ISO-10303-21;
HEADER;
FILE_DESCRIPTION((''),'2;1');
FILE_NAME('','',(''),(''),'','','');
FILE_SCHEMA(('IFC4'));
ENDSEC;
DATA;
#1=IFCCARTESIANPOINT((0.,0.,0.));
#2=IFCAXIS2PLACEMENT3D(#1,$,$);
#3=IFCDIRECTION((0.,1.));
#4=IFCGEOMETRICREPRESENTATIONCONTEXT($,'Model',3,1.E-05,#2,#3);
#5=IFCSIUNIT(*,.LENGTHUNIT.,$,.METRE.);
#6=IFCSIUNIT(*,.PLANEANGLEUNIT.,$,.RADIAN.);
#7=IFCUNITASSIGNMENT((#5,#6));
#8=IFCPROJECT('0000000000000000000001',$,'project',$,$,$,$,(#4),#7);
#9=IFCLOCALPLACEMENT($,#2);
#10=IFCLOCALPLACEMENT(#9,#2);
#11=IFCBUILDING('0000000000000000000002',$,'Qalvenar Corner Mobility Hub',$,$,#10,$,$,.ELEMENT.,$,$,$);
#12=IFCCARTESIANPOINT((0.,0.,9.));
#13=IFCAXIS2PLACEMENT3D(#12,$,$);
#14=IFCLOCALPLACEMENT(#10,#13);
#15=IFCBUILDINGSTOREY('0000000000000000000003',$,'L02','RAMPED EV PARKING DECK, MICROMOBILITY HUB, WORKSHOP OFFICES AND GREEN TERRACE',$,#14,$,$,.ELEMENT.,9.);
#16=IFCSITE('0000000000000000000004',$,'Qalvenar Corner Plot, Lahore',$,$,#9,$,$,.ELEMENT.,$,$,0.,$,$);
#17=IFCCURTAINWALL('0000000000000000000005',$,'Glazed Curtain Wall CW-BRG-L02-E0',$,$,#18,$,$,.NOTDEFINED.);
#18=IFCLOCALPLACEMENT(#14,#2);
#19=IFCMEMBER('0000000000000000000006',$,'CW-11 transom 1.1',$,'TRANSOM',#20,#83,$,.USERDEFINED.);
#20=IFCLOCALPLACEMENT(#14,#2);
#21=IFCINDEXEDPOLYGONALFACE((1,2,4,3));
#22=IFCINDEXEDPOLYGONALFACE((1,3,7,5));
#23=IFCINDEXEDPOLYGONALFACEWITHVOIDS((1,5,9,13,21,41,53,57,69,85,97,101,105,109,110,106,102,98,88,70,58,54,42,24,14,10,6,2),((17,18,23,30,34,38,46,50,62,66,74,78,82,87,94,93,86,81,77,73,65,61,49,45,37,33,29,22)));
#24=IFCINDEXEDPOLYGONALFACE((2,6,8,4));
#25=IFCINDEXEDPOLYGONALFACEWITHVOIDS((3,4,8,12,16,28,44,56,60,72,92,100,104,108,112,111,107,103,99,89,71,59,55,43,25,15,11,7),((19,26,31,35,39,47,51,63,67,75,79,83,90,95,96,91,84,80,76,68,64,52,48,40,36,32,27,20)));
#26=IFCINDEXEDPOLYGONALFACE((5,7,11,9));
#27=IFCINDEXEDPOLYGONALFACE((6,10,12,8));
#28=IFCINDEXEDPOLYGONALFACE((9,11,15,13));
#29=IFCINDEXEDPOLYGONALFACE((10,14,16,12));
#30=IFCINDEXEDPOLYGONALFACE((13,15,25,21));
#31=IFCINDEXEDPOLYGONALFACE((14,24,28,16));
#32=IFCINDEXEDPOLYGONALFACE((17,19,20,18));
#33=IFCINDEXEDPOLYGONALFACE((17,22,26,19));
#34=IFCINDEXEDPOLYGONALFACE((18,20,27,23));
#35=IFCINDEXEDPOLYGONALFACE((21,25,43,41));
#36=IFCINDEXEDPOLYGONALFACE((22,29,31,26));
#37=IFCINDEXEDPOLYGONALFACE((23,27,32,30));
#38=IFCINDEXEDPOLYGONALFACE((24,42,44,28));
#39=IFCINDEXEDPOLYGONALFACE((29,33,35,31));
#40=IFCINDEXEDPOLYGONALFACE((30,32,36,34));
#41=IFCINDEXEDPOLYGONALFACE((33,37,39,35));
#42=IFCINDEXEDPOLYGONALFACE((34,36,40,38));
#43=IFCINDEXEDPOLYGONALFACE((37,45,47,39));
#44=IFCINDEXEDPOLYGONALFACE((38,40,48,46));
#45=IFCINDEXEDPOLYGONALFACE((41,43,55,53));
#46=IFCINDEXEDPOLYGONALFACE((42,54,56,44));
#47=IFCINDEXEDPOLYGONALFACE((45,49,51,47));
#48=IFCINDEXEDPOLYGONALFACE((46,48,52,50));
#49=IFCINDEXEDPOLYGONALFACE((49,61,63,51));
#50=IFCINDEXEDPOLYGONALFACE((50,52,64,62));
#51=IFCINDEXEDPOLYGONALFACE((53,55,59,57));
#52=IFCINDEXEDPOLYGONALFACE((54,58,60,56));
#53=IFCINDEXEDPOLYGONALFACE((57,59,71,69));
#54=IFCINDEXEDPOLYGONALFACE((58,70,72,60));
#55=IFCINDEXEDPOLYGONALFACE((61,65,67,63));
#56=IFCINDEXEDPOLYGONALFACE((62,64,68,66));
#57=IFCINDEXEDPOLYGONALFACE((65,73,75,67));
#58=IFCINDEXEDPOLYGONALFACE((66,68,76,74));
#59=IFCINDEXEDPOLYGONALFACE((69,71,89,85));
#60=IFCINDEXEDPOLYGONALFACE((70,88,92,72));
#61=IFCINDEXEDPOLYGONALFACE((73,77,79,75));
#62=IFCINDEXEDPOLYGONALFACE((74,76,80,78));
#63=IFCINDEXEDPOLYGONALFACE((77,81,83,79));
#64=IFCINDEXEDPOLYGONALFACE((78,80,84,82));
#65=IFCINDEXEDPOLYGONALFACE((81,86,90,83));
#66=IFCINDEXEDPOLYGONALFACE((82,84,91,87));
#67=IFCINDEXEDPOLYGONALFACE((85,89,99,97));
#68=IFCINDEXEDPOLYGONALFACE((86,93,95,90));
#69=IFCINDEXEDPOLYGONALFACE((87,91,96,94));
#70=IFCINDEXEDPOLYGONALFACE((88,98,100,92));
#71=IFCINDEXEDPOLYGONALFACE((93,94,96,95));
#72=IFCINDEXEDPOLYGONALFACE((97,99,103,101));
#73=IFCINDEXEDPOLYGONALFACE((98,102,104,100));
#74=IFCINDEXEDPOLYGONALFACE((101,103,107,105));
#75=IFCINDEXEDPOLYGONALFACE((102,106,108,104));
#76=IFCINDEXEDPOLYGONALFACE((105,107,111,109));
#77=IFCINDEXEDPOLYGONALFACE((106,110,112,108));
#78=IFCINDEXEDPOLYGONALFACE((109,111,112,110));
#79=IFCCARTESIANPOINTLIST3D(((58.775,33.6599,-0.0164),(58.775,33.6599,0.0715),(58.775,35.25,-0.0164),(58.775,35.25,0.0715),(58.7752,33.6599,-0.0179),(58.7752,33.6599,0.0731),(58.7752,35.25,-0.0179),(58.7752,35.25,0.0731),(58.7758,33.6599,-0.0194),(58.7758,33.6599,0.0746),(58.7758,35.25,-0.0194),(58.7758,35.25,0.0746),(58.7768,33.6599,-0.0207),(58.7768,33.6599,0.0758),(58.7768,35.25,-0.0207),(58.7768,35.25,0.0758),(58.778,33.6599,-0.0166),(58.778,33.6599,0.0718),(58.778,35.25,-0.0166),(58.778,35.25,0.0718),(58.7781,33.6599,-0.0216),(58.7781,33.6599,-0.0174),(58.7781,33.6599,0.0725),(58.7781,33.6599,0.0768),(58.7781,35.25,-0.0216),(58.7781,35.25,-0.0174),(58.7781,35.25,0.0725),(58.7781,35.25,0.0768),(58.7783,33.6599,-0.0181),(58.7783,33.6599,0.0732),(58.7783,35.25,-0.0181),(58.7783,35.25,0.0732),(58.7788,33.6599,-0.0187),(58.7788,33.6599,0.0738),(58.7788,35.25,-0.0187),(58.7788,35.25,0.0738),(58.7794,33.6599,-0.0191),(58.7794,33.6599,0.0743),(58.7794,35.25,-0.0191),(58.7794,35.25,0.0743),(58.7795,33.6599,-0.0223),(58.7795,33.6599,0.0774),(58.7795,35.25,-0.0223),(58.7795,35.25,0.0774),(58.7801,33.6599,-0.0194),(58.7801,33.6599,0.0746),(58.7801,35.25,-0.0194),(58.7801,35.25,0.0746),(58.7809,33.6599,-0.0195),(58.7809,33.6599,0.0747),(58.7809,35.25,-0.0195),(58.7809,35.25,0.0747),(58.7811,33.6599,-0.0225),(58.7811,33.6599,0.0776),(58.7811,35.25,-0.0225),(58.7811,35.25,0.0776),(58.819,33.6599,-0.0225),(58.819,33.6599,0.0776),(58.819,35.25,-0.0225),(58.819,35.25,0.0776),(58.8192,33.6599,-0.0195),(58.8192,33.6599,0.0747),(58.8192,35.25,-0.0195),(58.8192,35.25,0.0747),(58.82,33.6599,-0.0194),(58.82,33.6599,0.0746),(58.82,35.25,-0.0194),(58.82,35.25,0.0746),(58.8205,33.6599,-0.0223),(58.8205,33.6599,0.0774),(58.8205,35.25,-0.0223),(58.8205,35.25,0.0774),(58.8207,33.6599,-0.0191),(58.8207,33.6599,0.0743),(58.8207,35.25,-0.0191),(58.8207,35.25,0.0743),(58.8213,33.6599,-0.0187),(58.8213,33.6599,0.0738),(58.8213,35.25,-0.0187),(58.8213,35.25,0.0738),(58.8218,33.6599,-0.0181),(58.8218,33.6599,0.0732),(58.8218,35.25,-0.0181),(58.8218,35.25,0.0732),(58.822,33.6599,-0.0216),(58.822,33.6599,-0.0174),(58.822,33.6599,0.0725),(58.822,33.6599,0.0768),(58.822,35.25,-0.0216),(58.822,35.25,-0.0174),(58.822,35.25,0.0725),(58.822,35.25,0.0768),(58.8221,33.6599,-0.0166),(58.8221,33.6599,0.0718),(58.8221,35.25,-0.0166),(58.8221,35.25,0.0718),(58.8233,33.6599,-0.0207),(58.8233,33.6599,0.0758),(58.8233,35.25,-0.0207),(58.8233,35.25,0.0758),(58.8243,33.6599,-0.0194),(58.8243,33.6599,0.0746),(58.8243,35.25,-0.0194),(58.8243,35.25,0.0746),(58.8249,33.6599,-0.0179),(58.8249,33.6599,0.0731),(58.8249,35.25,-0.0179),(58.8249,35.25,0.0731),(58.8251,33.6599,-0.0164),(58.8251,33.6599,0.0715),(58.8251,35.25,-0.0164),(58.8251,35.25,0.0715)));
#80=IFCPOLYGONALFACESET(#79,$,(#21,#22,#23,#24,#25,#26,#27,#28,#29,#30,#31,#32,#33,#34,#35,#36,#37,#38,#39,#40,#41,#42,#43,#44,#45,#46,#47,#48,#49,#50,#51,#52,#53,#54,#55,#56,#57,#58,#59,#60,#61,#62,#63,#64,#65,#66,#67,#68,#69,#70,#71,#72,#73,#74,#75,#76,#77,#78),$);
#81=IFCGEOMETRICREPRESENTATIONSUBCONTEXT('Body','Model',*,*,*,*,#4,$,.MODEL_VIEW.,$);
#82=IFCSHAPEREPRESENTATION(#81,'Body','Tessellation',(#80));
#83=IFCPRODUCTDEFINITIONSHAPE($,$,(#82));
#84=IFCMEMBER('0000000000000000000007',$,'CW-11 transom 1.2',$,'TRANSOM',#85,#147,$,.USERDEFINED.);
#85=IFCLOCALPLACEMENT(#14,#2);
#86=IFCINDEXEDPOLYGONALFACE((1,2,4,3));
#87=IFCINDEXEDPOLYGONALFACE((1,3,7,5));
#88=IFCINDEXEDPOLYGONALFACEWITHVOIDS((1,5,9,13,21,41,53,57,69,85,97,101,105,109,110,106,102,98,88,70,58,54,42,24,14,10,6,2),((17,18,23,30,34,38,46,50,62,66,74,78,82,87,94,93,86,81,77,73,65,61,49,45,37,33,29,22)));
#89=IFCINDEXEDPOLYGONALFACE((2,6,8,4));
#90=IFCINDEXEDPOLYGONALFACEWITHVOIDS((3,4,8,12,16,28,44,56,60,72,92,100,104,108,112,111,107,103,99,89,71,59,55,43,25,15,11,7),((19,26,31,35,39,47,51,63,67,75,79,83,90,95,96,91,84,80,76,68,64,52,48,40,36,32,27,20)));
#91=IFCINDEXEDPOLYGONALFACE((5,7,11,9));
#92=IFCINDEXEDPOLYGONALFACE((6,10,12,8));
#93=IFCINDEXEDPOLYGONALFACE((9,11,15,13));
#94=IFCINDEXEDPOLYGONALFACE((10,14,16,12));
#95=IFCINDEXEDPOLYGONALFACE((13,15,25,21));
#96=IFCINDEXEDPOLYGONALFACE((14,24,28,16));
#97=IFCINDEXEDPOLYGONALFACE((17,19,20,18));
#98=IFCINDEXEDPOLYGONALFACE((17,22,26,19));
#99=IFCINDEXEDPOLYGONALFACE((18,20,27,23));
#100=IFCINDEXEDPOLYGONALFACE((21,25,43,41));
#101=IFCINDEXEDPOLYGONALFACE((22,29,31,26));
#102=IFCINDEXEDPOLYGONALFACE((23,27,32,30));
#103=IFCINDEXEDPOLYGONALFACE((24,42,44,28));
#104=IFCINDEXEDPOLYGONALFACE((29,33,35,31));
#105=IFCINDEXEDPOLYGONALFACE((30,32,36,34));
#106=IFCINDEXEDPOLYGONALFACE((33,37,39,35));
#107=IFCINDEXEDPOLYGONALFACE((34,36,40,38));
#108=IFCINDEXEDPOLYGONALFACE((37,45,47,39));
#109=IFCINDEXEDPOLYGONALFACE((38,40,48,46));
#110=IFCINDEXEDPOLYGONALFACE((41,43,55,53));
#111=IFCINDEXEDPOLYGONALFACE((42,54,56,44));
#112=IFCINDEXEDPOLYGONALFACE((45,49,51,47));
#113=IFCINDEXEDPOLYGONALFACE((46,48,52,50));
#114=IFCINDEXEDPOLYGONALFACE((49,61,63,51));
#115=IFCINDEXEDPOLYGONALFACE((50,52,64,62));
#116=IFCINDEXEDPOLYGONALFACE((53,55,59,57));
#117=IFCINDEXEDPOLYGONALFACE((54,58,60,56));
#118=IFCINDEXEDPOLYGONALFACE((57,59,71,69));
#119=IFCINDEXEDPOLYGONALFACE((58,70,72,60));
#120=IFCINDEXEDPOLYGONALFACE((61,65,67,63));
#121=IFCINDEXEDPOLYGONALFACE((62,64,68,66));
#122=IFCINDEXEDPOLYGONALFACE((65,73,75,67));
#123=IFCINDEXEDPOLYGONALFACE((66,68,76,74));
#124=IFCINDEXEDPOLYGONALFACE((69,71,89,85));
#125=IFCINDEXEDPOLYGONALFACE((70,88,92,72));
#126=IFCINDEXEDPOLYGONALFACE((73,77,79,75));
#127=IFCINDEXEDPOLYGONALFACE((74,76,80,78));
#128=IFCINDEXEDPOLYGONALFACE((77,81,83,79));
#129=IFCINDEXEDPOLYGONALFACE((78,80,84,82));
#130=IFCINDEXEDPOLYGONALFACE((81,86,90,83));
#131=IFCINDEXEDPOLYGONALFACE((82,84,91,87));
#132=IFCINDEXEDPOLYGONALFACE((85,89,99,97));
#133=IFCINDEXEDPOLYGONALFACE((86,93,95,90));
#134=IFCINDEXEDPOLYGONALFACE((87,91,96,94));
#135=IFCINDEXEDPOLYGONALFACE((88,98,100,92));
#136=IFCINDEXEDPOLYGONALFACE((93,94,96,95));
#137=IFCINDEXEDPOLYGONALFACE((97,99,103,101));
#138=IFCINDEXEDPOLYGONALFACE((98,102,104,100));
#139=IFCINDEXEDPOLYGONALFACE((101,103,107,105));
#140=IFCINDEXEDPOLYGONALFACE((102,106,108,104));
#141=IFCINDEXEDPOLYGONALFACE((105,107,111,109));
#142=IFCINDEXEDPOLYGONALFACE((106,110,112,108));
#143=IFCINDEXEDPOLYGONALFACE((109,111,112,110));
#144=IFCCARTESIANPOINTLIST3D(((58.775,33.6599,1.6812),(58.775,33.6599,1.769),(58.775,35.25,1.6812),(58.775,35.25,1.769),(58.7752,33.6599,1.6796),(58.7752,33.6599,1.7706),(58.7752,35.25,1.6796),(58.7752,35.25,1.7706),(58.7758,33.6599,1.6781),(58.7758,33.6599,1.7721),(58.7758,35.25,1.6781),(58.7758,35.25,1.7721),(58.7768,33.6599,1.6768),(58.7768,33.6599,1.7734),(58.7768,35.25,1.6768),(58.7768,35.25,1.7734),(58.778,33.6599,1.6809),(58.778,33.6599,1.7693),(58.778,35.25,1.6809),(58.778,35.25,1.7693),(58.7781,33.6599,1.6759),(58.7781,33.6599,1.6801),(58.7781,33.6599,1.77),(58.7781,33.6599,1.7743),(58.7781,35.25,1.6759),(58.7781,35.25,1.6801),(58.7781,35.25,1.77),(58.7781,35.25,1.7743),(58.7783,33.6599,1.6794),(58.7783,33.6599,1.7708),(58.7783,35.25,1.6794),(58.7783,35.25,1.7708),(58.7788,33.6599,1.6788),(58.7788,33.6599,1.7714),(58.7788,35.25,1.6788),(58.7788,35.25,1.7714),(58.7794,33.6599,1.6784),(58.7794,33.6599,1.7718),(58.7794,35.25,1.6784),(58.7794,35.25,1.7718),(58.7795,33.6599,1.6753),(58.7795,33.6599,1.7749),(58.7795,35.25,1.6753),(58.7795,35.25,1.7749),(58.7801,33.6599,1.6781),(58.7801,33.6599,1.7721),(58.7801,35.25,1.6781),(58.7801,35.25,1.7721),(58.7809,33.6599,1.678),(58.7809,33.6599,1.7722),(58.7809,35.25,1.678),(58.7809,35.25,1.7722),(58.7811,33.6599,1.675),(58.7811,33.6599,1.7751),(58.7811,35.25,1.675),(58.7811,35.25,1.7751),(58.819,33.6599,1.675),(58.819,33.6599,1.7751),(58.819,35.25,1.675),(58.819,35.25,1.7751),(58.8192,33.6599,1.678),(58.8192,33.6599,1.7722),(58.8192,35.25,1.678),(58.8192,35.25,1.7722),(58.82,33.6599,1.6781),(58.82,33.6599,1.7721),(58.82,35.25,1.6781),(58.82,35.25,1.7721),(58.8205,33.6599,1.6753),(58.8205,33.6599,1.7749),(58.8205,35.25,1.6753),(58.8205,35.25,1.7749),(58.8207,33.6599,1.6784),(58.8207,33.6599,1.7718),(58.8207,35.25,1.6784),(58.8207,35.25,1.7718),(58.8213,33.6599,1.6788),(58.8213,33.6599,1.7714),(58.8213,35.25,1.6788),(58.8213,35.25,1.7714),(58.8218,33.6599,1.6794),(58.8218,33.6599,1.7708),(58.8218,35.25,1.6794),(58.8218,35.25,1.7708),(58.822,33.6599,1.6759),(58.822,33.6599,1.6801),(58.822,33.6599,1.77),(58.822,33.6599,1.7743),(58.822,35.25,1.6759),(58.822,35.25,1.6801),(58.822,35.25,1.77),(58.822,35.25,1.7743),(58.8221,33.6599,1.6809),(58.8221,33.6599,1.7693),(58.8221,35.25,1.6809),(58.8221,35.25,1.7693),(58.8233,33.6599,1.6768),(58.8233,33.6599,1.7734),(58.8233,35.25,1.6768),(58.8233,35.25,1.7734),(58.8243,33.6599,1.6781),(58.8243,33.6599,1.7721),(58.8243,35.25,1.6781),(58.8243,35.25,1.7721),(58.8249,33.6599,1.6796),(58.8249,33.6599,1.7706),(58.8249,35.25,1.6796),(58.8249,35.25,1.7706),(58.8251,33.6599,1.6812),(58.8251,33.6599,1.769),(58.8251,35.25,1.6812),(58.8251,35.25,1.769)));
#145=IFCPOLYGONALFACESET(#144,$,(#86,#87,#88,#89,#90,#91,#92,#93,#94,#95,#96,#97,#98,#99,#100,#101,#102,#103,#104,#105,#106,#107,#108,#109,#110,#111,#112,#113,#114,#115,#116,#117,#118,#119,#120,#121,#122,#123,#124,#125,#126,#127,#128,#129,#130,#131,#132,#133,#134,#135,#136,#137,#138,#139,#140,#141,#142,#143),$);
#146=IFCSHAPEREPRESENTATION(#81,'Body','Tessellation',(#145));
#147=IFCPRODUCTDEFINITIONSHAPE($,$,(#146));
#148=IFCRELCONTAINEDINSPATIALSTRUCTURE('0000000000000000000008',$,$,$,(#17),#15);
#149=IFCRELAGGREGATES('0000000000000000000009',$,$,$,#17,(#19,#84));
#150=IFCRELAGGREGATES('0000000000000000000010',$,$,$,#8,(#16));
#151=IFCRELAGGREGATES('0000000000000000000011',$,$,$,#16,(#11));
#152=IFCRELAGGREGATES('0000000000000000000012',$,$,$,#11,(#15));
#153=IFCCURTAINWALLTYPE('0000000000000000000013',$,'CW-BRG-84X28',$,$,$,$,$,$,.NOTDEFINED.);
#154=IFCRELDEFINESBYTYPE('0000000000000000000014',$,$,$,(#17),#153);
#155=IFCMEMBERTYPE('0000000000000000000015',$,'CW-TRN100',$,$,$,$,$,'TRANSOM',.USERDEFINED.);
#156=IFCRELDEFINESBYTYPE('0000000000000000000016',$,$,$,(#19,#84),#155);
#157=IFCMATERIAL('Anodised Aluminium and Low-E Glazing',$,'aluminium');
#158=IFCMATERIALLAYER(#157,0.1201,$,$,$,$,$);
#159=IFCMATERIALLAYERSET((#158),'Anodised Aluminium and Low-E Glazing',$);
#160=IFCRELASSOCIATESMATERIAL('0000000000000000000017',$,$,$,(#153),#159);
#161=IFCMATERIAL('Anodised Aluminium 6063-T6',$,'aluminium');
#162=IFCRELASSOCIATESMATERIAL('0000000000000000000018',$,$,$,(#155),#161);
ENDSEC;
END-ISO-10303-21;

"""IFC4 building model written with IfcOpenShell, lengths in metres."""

from ifc_helpers import new_model, si_unit, direction, frame, origin, origin_2d, place, context, subcontext, project, spatial, hollow_rectangle, extrude, material, layer, layer_set, material_profile, profile_set, type_object, element, aggregate, save


model = new_model("IFC4")

# Units and contexts
model_context = context("Model", 3, precision=1e-05, world=origin(), true_north=direction((0.0, 1.0)))
body_context = subcontext(model_context, "Body", "Model", "MODEL_VIEW")
ifc_project = project(units=[si_unit("LENGTHUNIT", "METRE"), si_unit("PLANEANGLEUNIT", "RADIAN")], contexts=[model_context])

# Site, building, storey
site_placement = place(None, origin())
site = spatial("IfcSite", under=ifc_project, at=site_placement, Name="Qalvenar Corner Plot, Lahore", CompositionType="ELEMENT", RefElevation=0.0)
building_placement = place(site_placement, origin())
building = spatial("IfcBuilding", under=site, at=building_placement, Name="Qalvenar Corner Mobility Hub", CompositionType="ELEMENT")
storey_placement = place(building_placement, frame((0.0, 0.0, 9.0)))
storey = spatial("IfcBuildingStorey", under=building, at=storey_placement, Name="L02", Description="RAMPED EV PARKING DECK, MICROMOBILITY HUB, WORKSHOP OFFICES AND GREEN TERRACE", CompositionType="ELEMENT", Elevation=9.0)

# Curtain wall, members
ifc_material_1 = material(Name="Anodised Aluminium and Low-E Glazing", Category="aluminium")
ifc_layer_1 = layer(ifc_material_1, 0.1201)
ifc_layer_set_1 = layer_set([ifc_layer_1], Name="Anodised Aluminium and Low-E Glazing")
curtain_wall_type = type_object("IfcCurtainWallType", Name="CW-BRG-84X28", PredefinedType="NOTDEFINED", material=ifc_layer_set_1)
curtain_wall_placement = place(storey_placement, origin())
curtain_wall = element("IfcCurtainWall", 1, at=curtain_wall_placement, inside=storey, type_object=curtain_wall_type, Name="Glazed Curtain Wall CW-BRG-L02-E0", PredefinedType="NOTDEFINED")
ifc_material_2 = material(Name="Anodised Aluminium 6063-T6", Category="aluminium")
ifc_material_profile_1 = material_profile(ifc_material_2, hollow_rectangle(XDim=0.05, YDim=0.1001, WallThickness=0.0029, InnerFilletRadius=0.0029, OuterFilletRadius=0.0061, at=origin_2d()), Name="RHS100x50x3")
ifc_profile_set_1 = profile_set([ifc_material_profile_1], Name="Anodised Aluminium 6063-T6")
member_type_1 = type_object("IfcMemberType", Name="CW-TRN100", ElementType="TRANSOM", PredefinedType="USERDEFINED", material=ifc_profile_set_1)
member_1_placement = place(storey_placement, frame((58.8, 33.6599, 0.0276), z_axis=(0.0, 1.0, 0.0), x_axis=(-1.0, 0.0, 0.0)))
member_1 = element("IfcMember", 2, at=member_1_placement, type_object=member_type_1, Name="CW-11 transom 1.1", ObjectType="TRANSOM", PredefinedType="USERDEFINED", context=body_context, shape_type="SweptSolid", body=[
    extrude(hollow_rectangle(XDim=0.05, YDim=0.1001, WallThickness=0.0029, InnerFilletRadius=0.0029, OuterFilletRadius=0.0061, at=origin_2d()), origin(), (0.0, 0.0, 1.0), 1.5901),
])
member_2_placement = place(storey_placement, frame((58.8, 33.6599, 1.7251), z_axis=(0.0, 1.0, 0.0), x_axis=(-1.0, 0.0, 0.0)))
member_2 = element("IfcMember", 3, at=member_2_placement, type_object=member_type_1, Name="CW-11 transom 1.2", ObjectType="TRANSOM", PredefinedType="USERDEFINED", context=body_context, shape_type="SweptSolid", body=[
    extrude(hollow_rectangle(XDim=0.05, YDim=0.1001, WallThickness=0.0029, InnerFilletRadius=0.0029, OuterFilletRadius=0.0061, at=origin_2d()), origin(), (0.0, 0.0, 1.0), 1.5901),
])
aggregate(curtain_wall, [member_1, member_2])

save(model, "model.ifc")
